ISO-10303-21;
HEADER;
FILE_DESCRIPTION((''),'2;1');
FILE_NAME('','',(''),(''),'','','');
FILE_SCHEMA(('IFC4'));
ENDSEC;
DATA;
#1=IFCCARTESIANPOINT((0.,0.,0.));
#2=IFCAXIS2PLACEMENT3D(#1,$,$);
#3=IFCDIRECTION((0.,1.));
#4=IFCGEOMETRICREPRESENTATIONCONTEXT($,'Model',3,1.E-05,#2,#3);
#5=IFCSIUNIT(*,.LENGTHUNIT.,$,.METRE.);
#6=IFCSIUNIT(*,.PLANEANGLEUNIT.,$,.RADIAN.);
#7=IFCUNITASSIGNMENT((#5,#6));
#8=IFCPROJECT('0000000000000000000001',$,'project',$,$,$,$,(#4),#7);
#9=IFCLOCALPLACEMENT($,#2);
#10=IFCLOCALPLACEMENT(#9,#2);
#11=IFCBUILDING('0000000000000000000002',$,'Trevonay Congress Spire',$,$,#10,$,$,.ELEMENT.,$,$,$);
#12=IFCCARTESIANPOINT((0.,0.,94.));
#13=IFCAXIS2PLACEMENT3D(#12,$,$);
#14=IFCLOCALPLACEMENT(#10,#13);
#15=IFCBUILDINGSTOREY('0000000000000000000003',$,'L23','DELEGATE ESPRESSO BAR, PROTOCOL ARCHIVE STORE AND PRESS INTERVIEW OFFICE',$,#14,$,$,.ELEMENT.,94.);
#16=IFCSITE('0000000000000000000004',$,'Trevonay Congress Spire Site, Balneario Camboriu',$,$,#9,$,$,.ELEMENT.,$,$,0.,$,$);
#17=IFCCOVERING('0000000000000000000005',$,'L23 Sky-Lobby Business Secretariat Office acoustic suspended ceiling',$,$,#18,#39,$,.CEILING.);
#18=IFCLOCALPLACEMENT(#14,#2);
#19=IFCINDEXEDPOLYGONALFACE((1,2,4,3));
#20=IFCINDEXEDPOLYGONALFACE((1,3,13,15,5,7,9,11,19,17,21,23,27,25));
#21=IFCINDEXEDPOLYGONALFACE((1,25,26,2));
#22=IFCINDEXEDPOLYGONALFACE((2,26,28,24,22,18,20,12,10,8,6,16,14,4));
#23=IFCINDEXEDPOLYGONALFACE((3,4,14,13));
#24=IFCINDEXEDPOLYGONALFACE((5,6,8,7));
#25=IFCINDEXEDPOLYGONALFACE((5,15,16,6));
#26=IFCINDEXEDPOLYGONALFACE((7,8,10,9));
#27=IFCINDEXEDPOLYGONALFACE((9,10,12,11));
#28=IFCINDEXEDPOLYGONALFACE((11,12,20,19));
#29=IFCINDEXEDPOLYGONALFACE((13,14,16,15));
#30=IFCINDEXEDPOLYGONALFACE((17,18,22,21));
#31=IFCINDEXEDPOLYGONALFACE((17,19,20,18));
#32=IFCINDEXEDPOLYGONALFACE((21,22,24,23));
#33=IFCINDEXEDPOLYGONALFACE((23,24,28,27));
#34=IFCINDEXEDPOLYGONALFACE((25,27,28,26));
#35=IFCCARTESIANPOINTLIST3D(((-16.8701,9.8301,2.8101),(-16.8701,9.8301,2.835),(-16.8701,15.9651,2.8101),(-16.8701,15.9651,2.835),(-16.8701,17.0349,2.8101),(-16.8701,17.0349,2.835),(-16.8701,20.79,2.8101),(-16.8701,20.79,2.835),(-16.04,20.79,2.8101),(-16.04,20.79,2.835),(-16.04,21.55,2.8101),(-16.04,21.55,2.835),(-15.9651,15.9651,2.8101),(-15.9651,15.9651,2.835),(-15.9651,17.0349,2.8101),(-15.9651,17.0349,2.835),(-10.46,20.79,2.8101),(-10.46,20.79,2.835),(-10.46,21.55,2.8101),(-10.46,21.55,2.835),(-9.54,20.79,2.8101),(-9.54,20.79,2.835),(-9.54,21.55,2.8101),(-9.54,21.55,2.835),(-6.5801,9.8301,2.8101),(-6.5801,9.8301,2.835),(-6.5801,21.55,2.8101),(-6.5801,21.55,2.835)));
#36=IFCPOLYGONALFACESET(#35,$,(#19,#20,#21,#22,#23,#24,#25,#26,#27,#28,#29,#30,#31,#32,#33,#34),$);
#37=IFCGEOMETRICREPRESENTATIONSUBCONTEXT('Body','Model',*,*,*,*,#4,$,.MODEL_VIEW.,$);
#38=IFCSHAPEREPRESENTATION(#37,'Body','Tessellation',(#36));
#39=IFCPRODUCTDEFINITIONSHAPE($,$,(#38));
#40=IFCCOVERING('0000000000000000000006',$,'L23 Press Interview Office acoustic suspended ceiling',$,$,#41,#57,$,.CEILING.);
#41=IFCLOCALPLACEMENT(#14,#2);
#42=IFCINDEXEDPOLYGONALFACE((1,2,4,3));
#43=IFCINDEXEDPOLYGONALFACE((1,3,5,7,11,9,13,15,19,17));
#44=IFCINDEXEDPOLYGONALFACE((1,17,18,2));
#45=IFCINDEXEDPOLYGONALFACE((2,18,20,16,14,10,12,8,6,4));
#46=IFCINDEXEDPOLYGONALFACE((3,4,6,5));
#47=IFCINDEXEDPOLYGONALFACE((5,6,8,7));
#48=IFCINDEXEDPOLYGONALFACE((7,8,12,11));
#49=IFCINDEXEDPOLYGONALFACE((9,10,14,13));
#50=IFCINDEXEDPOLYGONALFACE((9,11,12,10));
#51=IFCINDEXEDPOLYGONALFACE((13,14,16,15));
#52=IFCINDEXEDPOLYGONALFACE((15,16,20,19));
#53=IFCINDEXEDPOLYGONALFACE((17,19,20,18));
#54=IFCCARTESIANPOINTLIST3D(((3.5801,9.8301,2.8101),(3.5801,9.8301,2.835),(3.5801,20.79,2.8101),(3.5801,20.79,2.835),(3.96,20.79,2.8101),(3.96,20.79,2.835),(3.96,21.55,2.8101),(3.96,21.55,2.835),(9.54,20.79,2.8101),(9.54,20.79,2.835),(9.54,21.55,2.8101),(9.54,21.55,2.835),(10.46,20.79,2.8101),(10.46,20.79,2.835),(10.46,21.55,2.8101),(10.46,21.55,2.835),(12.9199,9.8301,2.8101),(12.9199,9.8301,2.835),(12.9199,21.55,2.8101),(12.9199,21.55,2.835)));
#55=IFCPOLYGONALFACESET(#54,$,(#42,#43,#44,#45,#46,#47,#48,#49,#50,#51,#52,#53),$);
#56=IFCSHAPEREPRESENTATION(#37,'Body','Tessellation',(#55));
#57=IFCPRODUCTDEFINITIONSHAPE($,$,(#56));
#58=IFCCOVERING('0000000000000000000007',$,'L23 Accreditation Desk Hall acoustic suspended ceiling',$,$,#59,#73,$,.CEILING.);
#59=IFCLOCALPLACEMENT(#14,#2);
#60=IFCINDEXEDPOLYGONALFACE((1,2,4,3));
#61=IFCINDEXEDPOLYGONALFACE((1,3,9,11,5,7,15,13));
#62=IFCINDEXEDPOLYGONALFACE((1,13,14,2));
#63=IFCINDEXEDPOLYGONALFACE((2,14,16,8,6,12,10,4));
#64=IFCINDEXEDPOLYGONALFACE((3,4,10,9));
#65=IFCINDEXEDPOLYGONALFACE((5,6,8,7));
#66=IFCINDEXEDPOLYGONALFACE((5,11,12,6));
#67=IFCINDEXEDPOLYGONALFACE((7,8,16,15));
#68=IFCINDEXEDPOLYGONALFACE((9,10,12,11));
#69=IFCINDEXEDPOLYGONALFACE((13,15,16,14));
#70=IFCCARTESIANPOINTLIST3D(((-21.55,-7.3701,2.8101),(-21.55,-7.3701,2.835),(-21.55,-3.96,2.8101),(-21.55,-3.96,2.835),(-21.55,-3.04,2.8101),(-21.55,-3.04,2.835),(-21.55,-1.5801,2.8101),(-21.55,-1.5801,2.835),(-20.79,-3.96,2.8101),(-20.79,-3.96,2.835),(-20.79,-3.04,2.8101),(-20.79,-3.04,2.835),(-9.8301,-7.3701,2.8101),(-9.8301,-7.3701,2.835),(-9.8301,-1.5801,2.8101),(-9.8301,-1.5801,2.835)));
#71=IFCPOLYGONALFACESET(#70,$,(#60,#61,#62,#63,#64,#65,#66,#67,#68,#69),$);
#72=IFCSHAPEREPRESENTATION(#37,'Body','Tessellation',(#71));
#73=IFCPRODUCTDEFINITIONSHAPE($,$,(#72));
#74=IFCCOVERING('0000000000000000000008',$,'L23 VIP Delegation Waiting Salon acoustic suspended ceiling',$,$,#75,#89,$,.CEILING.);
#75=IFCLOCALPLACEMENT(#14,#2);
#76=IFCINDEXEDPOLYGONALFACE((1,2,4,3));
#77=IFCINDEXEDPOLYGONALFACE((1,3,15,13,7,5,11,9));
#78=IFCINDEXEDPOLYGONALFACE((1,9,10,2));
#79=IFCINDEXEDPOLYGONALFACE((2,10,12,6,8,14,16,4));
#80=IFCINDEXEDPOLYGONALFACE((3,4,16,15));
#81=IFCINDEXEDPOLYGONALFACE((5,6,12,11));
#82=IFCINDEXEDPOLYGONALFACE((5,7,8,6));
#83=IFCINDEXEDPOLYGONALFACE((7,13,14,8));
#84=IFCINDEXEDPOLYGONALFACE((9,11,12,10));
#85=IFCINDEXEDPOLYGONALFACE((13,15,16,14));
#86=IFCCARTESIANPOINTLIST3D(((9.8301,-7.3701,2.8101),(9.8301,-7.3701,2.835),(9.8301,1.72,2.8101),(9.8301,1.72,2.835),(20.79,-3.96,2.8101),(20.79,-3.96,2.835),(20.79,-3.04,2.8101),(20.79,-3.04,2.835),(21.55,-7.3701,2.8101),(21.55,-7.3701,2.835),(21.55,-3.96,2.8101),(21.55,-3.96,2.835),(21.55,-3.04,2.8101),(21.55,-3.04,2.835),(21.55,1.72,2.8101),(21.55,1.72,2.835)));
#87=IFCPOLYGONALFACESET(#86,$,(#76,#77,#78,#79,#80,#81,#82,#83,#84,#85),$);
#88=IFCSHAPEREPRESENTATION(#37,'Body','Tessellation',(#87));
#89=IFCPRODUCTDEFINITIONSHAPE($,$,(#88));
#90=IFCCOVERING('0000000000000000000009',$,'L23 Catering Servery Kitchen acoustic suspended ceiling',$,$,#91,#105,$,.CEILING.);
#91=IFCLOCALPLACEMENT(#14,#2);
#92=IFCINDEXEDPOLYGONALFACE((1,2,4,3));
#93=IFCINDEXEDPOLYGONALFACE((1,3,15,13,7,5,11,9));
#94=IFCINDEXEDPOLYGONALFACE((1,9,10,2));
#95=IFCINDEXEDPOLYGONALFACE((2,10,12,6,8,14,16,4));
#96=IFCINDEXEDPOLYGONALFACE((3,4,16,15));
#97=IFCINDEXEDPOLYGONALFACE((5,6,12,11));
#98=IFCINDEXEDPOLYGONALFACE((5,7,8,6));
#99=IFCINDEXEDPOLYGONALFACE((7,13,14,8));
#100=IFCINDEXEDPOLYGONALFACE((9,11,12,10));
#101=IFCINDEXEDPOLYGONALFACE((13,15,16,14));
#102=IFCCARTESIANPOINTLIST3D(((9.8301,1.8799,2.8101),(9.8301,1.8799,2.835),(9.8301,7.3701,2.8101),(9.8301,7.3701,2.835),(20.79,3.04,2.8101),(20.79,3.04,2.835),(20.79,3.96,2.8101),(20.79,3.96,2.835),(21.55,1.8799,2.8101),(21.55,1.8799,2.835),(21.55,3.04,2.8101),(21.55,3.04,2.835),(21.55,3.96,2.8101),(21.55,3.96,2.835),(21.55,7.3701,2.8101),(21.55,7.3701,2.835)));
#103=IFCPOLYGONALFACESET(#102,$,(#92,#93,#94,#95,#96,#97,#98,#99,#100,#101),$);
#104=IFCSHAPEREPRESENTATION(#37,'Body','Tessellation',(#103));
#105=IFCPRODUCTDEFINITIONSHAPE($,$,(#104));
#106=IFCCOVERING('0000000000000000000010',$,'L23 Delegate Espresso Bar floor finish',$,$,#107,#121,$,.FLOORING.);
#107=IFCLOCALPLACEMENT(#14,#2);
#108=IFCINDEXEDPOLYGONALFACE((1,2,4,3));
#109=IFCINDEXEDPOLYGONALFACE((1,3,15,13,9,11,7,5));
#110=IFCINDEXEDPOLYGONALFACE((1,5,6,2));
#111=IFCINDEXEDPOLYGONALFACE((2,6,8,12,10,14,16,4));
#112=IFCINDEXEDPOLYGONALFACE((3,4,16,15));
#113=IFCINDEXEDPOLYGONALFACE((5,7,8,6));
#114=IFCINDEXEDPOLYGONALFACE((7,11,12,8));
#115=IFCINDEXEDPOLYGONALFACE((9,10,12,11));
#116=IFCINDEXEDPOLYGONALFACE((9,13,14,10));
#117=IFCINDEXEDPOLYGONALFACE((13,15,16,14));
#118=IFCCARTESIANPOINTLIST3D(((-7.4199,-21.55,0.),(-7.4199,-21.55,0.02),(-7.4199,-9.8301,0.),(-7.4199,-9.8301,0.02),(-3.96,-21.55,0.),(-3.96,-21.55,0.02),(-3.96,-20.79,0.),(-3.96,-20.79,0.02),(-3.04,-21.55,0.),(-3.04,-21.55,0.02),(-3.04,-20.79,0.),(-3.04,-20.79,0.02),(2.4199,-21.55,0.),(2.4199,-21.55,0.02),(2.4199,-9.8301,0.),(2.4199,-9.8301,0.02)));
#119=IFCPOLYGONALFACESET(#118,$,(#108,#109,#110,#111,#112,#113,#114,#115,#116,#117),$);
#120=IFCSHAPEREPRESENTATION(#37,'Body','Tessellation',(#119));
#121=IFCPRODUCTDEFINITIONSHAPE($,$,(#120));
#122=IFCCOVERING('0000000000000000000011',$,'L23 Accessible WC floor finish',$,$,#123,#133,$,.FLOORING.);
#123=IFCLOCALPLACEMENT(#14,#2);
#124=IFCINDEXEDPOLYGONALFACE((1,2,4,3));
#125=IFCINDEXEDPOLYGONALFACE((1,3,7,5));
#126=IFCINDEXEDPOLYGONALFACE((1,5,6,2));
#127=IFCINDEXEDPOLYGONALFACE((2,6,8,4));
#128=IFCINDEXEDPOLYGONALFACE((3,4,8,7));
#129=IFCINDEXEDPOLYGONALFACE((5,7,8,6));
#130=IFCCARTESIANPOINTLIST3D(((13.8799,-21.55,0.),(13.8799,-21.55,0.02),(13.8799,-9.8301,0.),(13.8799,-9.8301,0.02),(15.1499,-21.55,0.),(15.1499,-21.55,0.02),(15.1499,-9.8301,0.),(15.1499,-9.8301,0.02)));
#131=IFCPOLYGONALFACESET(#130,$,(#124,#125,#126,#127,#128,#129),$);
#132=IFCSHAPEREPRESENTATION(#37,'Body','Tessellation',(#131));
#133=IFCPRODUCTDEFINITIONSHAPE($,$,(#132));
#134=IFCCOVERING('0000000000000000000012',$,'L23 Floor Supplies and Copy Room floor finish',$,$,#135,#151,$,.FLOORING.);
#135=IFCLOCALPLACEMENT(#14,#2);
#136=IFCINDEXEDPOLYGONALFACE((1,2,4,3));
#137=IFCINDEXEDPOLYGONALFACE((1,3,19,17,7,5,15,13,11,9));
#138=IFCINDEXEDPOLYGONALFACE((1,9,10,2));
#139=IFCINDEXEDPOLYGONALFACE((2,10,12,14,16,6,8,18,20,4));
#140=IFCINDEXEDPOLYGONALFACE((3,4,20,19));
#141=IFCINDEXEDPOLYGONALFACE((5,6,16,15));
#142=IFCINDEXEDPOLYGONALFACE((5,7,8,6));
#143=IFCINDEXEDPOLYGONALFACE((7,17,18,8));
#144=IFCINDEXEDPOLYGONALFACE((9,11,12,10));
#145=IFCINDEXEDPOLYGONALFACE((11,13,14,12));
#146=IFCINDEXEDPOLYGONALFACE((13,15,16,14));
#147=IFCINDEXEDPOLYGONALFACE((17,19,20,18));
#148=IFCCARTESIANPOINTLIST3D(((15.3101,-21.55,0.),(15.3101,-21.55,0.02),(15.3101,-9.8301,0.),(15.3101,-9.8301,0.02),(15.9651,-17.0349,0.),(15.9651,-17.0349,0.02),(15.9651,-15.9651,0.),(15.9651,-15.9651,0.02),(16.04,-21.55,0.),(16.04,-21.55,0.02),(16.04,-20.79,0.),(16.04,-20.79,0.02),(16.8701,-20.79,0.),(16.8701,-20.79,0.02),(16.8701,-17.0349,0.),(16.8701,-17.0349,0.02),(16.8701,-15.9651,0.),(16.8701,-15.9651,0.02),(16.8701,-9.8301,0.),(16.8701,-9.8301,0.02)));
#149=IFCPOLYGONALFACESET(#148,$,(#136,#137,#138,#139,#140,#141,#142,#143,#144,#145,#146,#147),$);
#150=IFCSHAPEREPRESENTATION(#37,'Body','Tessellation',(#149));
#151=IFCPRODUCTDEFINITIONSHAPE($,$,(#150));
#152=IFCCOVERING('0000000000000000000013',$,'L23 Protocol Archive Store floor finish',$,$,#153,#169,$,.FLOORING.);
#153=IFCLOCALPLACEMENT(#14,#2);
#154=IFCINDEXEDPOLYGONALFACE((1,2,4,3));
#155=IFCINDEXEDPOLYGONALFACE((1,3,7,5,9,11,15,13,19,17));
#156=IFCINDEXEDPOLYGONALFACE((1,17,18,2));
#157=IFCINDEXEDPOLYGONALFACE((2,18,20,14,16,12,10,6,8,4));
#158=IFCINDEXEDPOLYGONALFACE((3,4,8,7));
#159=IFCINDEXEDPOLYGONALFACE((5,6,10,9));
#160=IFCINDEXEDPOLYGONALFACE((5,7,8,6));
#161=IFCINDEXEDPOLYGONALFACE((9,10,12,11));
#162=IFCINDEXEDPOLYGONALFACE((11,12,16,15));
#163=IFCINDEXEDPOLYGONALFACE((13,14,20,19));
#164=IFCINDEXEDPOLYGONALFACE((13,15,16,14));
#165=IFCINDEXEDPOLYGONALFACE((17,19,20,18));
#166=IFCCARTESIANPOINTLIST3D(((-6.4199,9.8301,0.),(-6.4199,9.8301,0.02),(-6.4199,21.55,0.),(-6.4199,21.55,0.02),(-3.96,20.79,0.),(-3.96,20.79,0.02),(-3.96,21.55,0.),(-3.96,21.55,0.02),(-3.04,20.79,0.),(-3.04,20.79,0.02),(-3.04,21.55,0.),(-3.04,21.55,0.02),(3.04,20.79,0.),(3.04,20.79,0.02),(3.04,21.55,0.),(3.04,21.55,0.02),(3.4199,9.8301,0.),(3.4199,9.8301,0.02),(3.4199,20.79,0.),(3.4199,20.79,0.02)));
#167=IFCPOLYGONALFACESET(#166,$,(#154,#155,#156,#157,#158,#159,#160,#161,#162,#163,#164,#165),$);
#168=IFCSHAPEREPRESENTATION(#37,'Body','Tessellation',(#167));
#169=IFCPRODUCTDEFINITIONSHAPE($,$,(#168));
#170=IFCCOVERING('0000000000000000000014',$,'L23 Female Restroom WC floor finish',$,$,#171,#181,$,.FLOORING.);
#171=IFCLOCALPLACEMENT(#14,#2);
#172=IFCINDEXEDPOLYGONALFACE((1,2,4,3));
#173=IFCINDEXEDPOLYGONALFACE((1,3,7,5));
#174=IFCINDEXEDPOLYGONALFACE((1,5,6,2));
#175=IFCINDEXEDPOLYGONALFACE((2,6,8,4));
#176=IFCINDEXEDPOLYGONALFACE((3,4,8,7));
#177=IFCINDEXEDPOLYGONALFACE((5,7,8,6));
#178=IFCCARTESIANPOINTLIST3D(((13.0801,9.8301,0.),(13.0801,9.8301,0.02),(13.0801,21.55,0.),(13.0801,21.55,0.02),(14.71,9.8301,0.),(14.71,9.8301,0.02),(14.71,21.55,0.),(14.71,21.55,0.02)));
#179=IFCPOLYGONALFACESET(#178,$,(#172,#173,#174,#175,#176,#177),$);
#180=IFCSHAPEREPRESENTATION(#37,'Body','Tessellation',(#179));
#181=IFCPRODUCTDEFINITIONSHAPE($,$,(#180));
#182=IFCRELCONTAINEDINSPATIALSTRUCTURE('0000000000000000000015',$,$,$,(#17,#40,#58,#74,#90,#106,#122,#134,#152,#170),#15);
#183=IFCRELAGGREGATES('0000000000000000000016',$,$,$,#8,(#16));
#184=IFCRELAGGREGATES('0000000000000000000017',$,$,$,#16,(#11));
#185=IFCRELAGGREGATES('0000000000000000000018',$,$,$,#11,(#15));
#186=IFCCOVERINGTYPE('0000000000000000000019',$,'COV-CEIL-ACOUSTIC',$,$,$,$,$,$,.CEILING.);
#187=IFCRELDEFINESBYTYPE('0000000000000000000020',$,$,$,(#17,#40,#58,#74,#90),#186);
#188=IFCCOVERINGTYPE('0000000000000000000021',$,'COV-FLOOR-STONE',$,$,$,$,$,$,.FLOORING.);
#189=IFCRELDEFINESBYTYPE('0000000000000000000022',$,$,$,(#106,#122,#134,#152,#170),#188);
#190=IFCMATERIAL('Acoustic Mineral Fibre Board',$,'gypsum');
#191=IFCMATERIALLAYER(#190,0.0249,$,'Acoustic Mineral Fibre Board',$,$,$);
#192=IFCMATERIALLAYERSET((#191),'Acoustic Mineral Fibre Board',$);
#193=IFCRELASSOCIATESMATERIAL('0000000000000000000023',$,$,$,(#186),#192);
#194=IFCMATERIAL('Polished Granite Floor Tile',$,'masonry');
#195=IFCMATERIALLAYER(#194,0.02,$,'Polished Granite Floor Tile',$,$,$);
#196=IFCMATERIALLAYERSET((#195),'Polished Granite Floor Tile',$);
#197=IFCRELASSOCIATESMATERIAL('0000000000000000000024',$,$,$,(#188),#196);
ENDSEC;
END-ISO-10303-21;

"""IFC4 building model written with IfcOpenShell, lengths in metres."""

from ifc_helpers import new_model, si_unit, direction, frame, origin, place, context, subcontext, project, spatial, polyline, outline, extrude, material, layer, layer_set, type_object, element, save


model = new_model("IFC4")

# Units and contexts
model_context = context("Model", 3, precision=1e-05, world=origin(), true_north=direction((0.0, 1.0)))
body_context = subcontext(model_context, "Body", "Model", "MODEL_VIEW")
ifc_project = project(units=[si_unit("LENGTHUNIT", "METRE"), si_unit("PLANEANGLEUNIT", "RADIAN")], contexts=[model_context])

# Site, building, storey
site_placement = place(None, origin())
site = spatial("IfcSite", under=ifc_project, at=site_placement, Name="Trevonay Congress Spire Site, Balneario Camboriu", CompositionType="ELEMENT", RefElevation=0.0)
building_placement = place(site_placement, origin())
building = spatial("IfcBuilding", under=site, at=building_placement, Name="Trevonay Congress Spire", CompositionType="ELEMENT")
storey_placement = place(building_placement, frame((0.0, 0.0, 94.0)))
storey = spatial("IfcBuildingStorey", under=building, at=storey_placement, Name="L23", Description="DELEGATE ESPRESSO BAR, PROTOCOL ARCHIVE STORE AND PRESS INTERVIEW OFFICE", CompositionType="ELEMENT", Elevation=94.0)

# Coverings
ifc_material_1 = material(Name="Acoustic Mineral Fibre Board", Category="gypsum")
ifc_layer_1 = layer(ifc_material_1, 0.0249, Name="Acoustic Mineral Fibre Board")
ifc_layer_set_1 = layer_set([ifc_layer_1], Name="Acoustic Mineral Fibre Board")
covering_type_1 = type_object("IfcCoveringType", Name="COV-CEIL-ACOUSTIC", PredefinedType="CEILING", material=ifc_layer_set_1)
covering_1_placement = place(storey_placement, frame((0.0, 0.0, 2.8101)))
element("IfcCovering", 1, at=covering_1_placement, inside=storey, type_object=covering_type_1, Name="L23 Sky-Lobby Business Secretariat Office acoustic suspended ceiling", PredefinedType="CEILING", context=body_context, shape_type="SweptSolid", body=[
    extrude(outline(polyline([(-6.5801, 21.55), (-6.5801, 9.8301), (-16.8701, 9.8301), (-16.8701, 15.9651), (-15.9651, 15.9651), (-15.9651, 17.0349), (-16.8701, 17.0349), (-16.8701, 20.79), (-16.04, 20.79), (-16.04, 21.55), (-10.46, 21.55), (-10.46, 20.79), (-9.54, 20.79), (-9.54, 21.55), (-6.5801, 21.55)])), origin(), (0.0, 0.0, 1.0), 0.0249),
])
covering_2_placement = place(storey_placement, frame((0.0, 0.0, 2.8101)))
element("IfcCovering", 2, at=covering_2_placement, inside=storey, type_object=covering_type_1, Name="L23 Press Interview Office acoustic suspended ceiling", PredefinedType="CEILING", context=body_context, shape_type="SweptSolid", body=[
    extrude(outline(polyline([(12.9199, 21.55), (12.9199, 9.8301), (3.5801, 9.8301), (3.5801, 20.79), (3.96, 20.79), (3.96, 21.55), (9.54, 21.55), (9.54, 20.79), (10.46, 20.79), (10.46, 21.55), (12.9199, 21.55)])), origin(), (0.0, 0.0, 1.0), 0.0249),
])
covering_3_placement = place(storey_placement, frame((0.0, 0.0, 2.8101)))
element("IfcCovering", 3, at=covering_3_placement, inside=storey, type_object=covering_type_1, Name="L23 Accreditation Desk Hall acoustic suspended ceiling", PredefinedType="CEILING", context=body_context, shape_type="SweptSolid", body=[
    extrude(outline(polyline([(-21.55, -1.5801), (-9.8301, -1.5801), (-9.8301, -7.3701), (-21.55, -7.3701), (-21.55, -3.96), (-20.79, -3.96), (-20.79, -3.04), (-21.55, -3.04), (-21.55, -1.5801)])), origin(), (0.0, 0.0, 1.0), 0.0249),
])
covering_4_placement = place(storey_placement, frame((0.0, 0.0, 2.8101)))
element("IfcCovering", 4, at=covering_4_placement, inside=storey, type_object=covering_type_1, Name="L23 VIP Delegation Waiting Salon acoustic suspended ceiling", PredefinedType="CEILING", context=body_context, shape_type="SweptSolid", body=[
    extrude(outline(polyline([(21.55, -7.3701), (9.8301, -7.3701), (9.8301, 1.72), (21.55, 1.72), (21.55, -3.04), (20.79, -3.04), (20.79, -3.96), (21.55, -3.96), (21.55, -7.3701)])), origin(), (0.0, 0.0, 1.0), 0.0249),
])
covering_5_placement = place(storey_placement, frame((0.0, 0.0, 2.8101)))
element("IfcCovering", 5, at=covering_5_placement, inside=storey, type_object=covering_type_1, Name="L23 Catering Servery Kitchen acoustic suspended ceiling", PredefinedType="CEILING", context=body_context, shape_type="SweptSolid", body=[
    extrude(outline(polyline([(21.55, 1.8799), (9.8301, 1.8799), (9.8301, 7.3701), (21.55, 7.3701), (21.55, 3.96), (20.79, 3.96), (20.79, 3.04), (21.55, 3.04), (21.55, 1.8799)])), origin(), (0.0, 0.0, 1.0), 0.0249),
])
ifc_material_2 = material(Name="Polished Granite Floor Tile", Category="masonry")
ifc_layer_2 = layer(ifc_material_2, 0.02, Name="Polished Granite Floor Tile")
ifc_layer_set_2 = layer_set([ifc_layer_2], Name="Polished Granite Floor Tile")
covering_type_2 = type_object("IfcCoveringType", Name="COV-FLOOR-STONE", PredefinedType="FLOORING", material=ifc_layer_set_2)
covering_6_placement = place(storey_placement, origin())
element("IfcCovering", 6, at=covering_6_placement, inside=storey, type_object=covering_type_2, Name="L23 Delegate Espresso Bar floor finish", PredefinedType="FLOORING", context=body_context, shape_type="SweptSolid", body=[
    extrude(outline(polyline([(-7.4199, -21.55), (-7.4199, -9.8301), (2.4199, -9.8301), (2.4199, -21.55), (-3.04, -21.55), (-3.04, -20.79), (-3.96, -20.79), (-3.96, -21.55), (-7.4199, -21.55)])), origin(), (0.0, 0.0, 1.0), 0.02),
])
covering_7_placement = place(storey_placement, origin())
element("IfcCovering", 7, at=covering_7_placement, inside=storey, type_object=covering_type_2, Name="L23 Accessible WC floor finish", PredefinedType="FLOORING", context=body_context, shape_type="SweptSolid", body=[
    extrude(outline(polyline([(13.8799, -21.55), (15.1499, -21.55), (15.1499, -9.8301), (13.8799, -9.8301), (13.8799, -21.55)])), origin(), (0.0, 0.0, 1.0), 0.02),
])
covering_8_placement = place(storey_placement, origin())
element("IfcCovering", 8, at=covering_8_placement, inside=storey, type_object=covering_type_2, Name="L23 Floor Supplies and Copy Room floor finish", PredefinedType="FLOORING", context=body_context, shape_type="SweptSolid", body=[
    extrude(outline(polyline([(15.3101, -21.55), (15.3101, -9.8301), (16.8701, -9.8301), (16.8701, -15.9651), (15.9651, -15.9651), (15.9651, -17.0349), (16.8701, -17.0349), (16.8701, -20.79), (16.04, -20.79), (16.04, -21.55), (15.3101, -21.55)])), origin(), (0.0, 0.0, 1.0), 0.02),
])
covering_9_placement = place(storey_placement, origin())
element("IfcCovering", 9, at=covering_9_placement, inside=storey, type_object=covering_type_2, Name="L23 Protocol Archive Store floor finish", PredefinedType="FLOORING", context=body_context, shape_type="SweptSolid", body=[
    extrude(outline(polyline([(3.4199, 9.8301), (-6.4199, 9.8301), (-6.4199, 21.55), (-3.96, 21.55), (-3.96, 20.79), (-3.04, 20.79), (-3.04, 21.55), (3.04, 21.55), (3.04, 20.79), (3.4199, 20.79), (3.4199, 9.8301)])), origin(), (0.0, 0.0, 1.0), 0.02),
])
covering_10_placement = place(storey_placement, origin())
element("IfcCovering", 10, at=covering_10_placement, inside=storey, type_object=covering_type_2, Name="L23 Female Restroom WC floor finish", PredefinedType="FLOORING", context=body_context, shape_type="SweptSolid", body=[
    extrude(outline(polyline([(13.0801, 9.8301), (14.71, 9.8301), (14.71, 21.55), (13.0801, 21.55), (13.0801, 9.8301)])), origin(), (0.0, 0.0, 1.0), 0.02),
])

save(model, "model.ifc")
